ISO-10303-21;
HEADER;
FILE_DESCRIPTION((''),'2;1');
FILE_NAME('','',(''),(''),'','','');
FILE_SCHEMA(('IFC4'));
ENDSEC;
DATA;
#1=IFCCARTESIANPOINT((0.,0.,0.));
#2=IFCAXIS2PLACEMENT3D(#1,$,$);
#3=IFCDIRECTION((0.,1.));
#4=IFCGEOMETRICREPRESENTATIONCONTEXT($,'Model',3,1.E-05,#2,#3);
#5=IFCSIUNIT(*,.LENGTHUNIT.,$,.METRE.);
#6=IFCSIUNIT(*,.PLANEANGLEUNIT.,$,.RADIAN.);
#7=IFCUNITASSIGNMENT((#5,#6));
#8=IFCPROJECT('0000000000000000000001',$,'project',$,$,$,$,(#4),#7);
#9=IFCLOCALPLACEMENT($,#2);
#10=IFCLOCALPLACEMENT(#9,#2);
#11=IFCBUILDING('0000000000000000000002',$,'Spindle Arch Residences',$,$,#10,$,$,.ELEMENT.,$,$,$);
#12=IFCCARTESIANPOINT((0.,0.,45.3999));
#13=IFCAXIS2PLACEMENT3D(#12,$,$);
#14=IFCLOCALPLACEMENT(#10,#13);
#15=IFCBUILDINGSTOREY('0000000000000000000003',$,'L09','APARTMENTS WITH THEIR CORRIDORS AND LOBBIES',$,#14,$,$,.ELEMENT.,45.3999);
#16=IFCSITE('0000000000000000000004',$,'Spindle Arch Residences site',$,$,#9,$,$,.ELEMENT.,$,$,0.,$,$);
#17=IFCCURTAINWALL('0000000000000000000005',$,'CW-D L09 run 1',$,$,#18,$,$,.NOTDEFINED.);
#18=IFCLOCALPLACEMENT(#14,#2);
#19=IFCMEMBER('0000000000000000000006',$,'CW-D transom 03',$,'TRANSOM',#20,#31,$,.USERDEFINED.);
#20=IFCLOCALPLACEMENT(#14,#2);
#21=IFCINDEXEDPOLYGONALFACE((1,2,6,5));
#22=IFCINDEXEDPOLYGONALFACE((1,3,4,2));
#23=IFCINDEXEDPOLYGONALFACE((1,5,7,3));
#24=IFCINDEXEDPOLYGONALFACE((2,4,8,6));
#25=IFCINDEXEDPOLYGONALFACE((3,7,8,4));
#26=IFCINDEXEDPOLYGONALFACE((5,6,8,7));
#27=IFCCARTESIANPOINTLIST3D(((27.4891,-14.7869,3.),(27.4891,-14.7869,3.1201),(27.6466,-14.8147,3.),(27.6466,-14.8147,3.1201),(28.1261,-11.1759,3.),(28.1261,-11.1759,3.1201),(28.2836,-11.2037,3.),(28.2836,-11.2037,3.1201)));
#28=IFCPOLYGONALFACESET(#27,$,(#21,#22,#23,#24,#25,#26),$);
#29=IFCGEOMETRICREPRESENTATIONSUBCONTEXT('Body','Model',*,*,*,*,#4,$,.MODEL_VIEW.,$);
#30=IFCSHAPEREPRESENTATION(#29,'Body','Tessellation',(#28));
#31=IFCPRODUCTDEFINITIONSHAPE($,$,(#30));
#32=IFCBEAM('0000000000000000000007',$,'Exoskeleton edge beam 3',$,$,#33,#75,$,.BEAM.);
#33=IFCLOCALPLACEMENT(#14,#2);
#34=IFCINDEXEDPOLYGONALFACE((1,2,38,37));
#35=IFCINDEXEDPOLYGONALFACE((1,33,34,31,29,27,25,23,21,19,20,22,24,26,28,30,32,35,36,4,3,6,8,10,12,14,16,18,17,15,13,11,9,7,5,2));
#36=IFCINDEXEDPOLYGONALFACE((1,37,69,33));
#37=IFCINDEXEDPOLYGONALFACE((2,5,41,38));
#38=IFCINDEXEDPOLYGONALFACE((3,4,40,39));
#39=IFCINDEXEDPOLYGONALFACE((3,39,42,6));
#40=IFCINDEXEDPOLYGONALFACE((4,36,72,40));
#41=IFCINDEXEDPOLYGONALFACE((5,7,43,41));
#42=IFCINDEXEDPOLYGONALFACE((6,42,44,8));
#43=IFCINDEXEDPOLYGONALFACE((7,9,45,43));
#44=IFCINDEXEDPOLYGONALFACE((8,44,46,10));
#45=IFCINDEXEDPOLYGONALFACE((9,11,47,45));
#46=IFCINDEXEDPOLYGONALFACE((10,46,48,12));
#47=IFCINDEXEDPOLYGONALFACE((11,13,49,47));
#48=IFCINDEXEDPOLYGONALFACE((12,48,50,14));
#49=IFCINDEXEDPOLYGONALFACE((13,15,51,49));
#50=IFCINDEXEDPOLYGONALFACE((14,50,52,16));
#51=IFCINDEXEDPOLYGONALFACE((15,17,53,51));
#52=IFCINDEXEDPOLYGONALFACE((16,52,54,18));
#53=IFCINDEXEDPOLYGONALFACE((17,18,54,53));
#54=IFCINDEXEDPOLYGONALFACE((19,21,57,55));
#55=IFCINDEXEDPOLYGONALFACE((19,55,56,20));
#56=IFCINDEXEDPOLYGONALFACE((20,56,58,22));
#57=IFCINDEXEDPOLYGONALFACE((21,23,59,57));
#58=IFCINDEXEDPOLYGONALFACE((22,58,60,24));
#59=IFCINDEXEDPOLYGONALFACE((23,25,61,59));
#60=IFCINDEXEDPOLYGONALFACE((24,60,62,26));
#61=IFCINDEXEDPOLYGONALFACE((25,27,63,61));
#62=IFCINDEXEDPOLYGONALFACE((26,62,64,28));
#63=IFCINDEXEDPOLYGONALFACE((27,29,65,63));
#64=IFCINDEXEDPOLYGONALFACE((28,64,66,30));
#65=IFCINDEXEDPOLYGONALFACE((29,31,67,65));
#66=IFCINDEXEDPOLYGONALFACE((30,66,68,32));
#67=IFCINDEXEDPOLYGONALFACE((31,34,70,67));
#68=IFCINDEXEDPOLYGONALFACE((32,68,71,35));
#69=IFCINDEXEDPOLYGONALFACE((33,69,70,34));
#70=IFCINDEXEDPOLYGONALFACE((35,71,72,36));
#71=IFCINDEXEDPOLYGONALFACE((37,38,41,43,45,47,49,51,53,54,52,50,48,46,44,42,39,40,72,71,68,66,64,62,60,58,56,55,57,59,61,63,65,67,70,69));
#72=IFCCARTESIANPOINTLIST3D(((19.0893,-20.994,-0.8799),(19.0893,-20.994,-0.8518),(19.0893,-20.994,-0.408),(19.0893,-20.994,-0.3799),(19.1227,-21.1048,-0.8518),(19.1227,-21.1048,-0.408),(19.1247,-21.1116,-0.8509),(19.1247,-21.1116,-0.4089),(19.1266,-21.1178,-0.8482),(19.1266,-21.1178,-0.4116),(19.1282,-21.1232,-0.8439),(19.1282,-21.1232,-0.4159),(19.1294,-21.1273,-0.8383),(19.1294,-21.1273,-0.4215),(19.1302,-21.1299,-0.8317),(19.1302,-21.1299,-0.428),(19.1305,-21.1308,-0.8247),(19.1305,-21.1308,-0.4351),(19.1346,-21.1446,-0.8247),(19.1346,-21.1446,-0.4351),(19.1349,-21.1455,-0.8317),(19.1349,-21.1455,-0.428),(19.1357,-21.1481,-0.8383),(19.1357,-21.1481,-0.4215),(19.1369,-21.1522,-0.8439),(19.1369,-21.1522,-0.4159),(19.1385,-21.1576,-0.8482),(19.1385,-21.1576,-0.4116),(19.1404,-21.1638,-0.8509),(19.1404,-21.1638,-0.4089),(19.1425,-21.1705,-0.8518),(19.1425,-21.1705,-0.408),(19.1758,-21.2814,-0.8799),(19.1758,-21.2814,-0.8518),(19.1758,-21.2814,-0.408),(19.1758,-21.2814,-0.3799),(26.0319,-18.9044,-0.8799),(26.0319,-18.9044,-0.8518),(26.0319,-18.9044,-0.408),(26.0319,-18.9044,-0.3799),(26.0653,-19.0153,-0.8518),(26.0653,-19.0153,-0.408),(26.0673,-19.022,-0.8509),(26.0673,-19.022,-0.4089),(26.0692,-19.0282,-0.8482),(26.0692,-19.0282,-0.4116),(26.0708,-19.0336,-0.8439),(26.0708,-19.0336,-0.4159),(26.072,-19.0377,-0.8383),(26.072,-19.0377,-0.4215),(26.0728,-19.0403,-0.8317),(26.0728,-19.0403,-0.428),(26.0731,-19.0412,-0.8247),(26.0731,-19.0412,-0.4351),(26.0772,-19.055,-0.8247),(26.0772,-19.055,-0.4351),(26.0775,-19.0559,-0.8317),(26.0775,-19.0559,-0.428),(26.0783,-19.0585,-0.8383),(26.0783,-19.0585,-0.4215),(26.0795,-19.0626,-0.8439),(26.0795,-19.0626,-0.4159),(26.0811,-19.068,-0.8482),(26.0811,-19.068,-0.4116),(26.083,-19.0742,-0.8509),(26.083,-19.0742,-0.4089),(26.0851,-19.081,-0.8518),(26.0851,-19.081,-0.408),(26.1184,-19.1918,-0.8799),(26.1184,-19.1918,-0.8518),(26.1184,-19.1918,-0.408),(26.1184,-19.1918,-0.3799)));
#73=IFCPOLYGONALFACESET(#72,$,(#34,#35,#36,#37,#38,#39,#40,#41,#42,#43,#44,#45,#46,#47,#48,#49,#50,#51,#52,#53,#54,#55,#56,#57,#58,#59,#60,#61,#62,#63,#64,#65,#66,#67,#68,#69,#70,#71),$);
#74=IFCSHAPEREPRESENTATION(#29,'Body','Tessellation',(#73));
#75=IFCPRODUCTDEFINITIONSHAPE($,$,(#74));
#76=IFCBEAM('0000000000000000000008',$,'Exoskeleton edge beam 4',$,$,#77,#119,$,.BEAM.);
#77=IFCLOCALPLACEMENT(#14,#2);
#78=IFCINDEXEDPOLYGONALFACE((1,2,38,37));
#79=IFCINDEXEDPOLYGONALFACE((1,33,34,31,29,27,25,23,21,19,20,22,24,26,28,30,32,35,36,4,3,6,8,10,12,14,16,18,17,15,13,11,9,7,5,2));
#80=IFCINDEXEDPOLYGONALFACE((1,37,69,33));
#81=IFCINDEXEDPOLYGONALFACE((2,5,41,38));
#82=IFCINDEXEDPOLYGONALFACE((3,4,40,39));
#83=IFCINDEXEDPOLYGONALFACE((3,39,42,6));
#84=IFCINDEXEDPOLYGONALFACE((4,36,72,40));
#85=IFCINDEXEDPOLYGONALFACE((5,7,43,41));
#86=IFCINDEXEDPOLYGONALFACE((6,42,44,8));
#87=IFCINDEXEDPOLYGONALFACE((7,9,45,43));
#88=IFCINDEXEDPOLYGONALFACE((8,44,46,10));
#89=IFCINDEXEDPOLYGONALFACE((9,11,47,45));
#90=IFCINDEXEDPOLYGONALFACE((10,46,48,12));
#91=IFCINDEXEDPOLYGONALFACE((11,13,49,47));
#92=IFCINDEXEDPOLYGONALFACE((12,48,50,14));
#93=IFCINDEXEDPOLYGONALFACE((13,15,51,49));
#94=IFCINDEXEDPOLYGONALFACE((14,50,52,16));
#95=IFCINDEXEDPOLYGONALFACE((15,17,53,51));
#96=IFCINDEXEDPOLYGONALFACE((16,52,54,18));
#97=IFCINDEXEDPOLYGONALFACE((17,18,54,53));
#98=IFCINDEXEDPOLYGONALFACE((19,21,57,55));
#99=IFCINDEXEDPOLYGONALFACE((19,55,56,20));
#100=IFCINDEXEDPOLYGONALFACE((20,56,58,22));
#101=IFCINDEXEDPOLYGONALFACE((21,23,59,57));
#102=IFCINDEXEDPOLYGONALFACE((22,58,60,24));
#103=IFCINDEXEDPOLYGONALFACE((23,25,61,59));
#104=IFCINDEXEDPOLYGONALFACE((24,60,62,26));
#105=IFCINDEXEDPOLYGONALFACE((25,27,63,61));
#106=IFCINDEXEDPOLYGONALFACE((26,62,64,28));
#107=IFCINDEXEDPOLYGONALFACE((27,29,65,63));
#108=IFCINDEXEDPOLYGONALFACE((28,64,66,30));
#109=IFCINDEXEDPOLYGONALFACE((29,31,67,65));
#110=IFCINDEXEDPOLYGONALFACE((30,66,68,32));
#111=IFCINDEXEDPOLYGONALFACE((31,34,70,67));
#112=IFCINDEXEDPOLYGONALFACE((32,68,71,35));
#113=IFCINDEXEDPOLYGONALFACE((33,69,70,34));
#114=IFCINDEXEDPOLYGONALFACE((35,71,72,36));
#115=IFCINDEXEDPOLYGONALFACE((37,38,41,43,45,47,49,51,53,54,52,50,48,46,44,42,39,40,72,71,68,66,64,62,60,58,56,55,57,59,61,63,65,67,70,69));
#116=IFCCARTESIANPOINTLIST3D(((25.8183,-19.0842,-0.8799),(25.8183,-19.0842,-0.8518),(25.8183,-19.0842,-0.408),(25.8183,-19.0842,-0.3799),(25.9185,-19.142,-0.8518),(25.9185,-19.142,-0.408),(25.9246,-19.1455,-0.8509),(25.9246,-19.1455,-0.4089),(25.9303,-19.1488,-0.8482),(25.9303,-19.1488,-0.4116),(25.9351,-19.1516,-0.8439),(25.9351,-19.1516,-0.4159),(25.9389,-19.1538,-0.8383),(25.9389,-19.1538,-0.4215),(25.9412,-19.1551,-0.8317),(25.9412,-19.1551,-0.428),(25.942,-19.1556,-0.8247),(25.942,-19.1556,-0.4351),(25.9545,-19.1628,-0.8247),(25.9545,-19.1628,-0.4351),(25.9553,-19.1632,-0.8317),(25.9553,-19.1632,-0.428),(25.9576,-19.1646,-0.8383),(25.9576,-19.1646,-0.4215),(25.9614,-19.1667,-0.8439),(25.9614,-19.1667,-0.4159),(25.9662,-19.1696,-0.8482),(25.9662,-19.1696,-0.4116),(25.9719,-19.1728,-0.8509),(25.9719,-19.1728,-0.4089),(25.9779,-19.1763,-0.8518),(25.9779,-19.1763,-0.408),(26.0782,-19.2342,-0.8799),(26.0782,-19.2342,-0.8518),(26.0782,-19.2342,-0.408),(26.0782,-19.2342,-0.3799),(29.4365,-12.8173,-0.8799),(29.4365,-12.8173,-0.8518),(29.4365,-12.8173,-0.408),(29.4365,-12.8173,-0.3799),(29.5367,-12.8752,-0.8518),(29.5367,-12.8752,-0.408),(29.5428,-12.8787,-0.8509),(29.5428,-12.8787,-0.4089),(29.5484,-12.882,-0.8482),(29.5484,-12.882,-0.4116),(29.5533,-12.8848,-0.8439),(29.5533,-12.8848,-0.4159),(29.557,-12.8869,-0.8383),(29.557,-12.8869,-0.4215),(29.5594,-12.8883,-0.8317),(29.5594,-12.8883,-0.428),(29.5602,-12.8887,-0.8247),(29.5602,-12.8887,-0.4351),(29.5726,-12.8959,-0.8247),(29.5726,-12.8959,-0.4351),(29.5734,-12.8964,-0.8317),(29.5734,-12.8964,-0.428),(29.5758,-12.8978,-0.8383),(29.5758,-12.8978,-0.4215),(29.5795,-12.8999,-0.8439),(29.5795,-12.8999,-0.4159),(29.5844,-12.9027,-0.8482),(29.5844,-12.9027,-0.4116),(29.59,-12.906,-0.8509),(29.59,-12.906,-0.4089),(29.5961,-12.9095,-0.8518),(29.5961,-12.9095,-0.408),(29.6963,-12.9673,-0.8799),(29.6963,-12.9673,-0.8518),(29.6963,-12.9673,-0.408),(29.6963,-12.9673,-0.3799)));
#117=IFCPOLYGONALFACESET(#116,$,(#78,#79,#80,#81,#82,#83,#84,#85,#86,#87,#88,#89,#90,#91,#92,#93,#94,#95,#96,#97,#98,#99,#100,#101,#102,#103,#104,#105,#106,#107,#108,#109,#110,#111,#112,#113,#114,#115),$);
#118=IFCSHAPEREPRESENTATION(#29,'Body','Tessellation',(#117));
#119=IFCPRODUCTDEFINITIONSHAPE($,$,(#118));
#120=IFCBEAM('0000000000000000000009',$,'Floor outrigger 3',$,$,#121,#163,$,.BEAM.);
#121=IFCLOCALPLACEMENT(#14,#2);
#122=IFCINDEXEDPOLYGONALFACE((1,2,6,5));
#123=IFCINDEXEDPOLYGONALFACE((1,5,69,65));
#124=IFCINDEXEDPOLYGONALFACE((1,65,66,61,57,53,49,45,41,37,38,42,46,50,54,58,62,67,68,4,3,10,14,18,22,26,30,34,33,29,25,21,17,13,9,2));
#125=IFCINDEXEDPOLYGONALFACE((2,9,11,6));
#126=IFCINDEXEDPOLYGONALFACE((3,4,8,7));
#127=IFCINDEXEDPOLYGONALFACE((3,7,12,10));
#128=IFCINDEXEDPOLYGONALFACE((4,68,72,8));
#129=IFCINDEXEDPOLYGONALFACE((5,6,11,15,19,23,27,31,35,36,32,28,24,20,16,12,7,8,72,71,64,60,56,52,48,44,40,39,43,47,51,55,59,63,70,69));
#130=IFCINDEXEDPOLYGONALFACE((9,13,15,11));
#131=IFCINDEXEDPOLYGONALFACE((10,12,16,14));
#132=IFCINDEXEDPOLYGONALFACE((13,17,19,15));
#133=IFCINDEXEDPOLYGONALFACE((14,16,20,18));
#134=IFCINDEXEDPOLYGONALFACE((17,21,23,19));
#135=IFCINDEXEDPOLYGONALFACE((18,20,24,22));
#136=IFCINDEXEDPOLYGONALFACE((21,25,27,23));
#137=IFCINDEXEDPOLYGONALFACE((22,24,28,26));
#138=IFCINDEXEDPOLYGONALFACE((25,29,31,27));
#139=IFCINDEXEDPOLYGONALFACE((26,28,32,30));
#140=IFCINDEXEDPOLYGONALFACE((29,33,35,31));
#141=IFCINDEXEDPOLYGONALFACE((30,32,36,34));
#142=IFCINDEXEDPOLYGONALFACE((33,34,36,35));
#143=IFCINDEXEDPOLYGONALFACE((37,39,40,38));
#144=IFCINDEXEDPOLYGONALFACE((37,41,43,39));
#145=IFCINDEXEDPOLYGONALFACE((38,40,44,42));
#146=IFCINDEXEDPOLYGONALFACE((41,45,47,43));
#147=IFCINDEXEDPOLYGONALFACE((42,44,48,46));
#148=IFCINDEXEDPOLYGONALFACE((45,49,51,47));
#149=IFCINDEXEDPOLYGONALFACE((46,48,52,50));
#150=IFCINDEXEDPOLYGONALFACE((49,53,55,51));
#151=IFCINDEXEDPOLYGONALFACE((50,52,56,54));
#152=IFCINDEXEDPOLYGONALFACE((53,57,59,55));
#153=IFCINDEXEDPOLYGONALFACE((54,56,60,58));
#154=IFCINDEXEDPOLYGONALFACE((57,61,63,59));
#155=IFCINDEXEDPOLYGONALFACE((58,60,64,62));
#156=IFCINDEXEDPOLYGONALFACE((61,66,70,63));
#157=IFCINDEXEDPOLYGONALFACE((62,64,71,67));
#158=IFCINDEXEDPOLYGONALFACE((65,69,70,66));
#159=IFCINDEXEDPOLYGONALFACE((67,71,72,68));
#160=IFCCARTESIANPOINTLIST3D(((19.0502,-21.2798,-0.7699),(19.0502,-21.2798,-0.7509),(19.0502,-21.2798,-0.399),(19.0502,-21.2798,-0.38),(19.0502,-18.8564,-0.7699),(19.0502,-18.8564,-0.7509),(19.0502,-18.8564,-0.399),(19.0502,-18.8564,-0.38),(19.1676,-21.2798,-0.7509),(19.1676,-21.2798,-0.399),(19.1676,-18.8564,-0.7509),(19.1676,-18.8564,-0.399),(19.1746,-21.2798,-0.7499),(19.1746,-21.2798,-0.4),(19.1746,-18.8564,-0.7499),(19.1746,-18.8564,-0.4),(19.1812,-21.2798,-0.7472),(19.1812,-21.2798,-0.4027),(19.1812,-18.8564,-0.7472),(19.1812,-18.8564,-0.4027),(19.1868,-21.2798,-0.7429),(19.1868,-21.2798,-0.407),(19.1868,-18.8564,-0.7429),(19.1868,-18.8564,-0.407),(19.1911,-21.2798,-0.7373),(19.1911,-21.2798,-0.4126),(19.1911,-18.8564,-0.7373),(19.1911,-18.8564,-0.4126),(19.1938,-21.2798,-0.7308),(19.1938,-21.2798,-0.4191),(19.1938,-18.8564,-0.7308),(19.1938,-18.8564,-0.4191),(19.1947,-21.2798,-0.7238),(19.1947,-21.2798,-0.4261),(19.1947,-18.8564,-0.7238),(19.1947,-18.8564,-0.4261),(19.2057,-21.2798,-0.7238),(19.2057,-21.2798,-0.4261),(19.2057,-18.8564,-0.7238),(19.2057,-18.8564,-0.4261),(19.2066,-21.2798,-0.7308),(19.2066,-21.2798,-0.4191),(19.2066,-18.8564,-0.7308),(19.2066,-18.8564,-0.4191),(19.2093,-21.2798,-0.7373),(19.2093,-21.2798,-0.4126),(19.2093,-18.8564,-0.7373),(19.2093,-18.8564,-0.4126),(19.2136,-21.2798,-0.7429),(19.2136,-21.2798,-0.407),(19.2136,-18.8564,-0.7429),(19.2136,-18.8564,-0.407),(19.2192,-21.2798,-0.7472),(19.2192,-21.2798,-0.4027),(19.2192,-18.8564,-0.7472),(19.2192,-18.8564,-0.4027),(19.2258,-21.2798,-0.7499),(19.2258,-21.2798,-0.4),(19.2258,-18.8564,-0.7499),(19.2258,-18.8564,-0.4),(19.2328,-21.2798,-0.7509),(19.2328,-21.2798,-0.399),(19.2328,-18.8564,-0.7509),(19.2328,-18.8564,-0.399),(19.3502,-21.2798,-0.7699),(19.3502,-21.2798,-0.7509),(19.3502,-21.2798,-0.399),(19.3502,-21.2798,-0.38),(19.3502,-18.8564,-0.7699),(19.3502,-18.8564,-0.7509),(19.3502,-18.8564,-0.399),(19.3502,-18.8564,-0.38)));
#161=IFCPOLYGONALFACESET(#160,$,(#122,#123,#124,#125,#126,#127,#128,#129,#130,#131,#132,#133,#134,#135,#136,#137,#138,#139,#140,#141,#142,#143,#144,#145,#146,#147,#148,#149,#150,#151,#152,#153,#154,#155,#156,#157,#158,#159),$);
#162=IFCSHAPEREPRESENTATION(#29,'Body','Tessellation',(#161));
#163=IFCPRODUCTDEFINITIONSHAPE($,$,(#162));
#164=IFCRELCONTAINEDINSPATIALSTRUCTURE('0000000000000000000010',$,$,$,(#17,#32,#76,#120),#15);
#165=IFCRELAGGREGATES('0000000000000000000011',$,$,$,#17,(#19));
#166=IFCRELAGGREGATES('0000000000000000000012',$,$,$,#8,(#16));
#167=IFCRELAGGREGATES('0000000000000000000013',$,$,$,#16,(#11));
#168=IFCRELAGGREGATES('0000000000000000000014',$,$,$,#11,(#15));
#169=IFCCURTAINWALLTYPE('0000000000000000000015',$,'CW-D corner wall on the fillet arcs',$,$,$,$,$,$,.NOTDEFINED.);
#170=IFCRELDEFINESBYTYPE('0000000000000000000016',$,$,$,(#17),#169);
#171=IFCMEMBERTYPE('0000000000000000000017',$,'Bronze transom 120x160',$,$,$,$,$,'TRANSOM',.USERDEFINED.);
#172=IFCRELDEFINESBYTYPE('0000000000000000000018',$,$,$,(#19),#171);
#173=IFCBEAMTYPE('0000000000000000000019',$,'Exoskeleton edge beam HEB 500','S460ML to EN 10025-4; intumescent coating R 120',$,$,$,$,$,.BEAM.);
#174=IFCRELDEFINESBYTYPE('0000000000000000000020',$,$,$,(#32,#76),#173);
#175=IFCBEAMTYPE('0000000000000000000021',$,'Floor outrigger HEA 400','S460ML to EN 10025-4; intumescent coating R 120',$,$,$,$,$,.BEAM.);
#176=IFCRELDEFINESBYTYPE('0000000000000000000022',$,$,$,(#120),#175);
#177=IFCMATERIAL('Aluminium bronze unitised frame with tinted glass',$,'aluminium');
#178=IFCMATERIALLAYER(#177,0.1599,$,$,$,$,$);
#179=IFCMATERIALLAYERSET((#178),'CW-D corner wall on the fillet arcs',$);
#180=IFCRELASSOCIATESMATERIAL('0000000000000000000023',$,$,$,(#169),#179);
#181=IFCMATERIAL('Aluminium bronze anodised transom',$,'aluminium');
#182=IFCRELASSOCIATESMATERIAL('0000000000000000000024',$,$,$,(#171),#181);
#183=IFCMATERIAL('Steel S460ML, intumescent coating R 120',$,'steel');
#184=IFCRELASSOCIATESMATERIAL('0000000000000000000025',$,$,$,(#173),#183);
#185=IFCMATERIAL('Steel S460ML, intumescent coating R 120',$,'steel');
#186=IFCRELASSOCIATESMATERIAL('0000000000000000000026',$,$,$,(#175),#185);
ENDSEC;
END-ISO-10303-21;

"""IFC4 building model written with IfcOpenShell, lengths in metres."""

from ifc_helpers import new_model, si_unit, direction, frame, origin, origin_2d, place, context, subcontext, project, spatial, rectangle, i_section, extrude, material, layer, layer_set, material_profile, profile_set, type_object, element, aggregate, save


model = new_model("IFC4")

# Units and contexts
model_context = context("Model", 3, precision=1e-05, world=origin(), true_north=direction((0.0, 1.0)))
body_context = subcontext(model_context, "Body", "Model", "MODEL_VIEW")
ifc_project = project(units=[si_unit("LENGTHUNIT", "METRE"), si_unit("PLANEANGLEUNIT", "RADIAN")], contexts=[model_context])

# Site, building, storey
site_placement = place(None, origin())
site = spatial("IfcSite", under=ifc_project, at=site_placement, Name="Spindle Arch Residences site", CompositionType="ELEMENT", RefElevation=0.0)
building_placement = place(site_placement, origin())
building = spatial("IfcBuilding", under=site, at=building_placement, Name="Spindle Arch Residences", CompositionType="ELEMENT")
storey_placement = place(building_placement, frame((0.0, 0.0, 45.3999)))
storey = spatial("IfcBuildingStorey", under=building, at=storey_placement, Name="L09", Description="APARTMENTS WITH THEIR CORRIDORS AND LOBBIES", CompositionType="ELEMENT", Elevation=45.3999)

# Curtain wall, member
ifc_material_1 = material(Name="Aluminium bronze unitised frame with tinted glass", Category="aluminium")
ifc_layer_1 = layer(ifc_material_1, 0.1599)
ifc_layer_set_1 = layer_set([ifc_layer_1], Name="CW-D corner wall on the fillet arcs")
curtain_wall_type = type_object("IfcCurtainWallType", Name="CW-D corner wall on the fillet arcs", PredefinedType="NOTDEFINED", material=ifc_layer_set_1)
curtain_wall_placement = place(storey_placement, origin())
curtain_wall = element("IfcCurtainWall", 1, at=curtain_wall_placement, inside=storey, type_object=curtain_wall_type, Name="CW-D L09 run 1", PredefinedType="NOTDEFINED")
ifc_material_2 = material(Name="Aluminium bronze anodised transom", Category="aluminium")
ifc_material_profile_1 = material_profile(ifc_material_2, rectangle(XDim=0.1599, YDim=0.1201, at=origin_2d()), Name="TR 120x160")
ifc_profile_set_1 = profile_set([ifc_material_profile_1], Name="Aluminium bronze anodised transom")
member_type_1 = type_object("IfcMemberType", Name="Bronze transom 120x160", ElementType="TRANSOM", PredefinedType="USERDEFINED", material=ifc_profile_set_1)
member_1_placement = place(storey_placement, frame((27.5679, -14.8008, 3.0601), z_axis=(0.173709, 0.984797, 0.0), x_axis=(-0.984797, 0.173709, 0.0)))
member_1 = element("IfcMember", 2, at=member_1_placement, type_object=member_type_1, Name="CW-D transom 03", ObjectType="TRANSOM", PredefinedType="USERDEFINED", context=body_context, shape_type="SweptSolid", body=[
    extrude(rectangle(XDim=0.1599, YDim=0.1201, at=origin_2d()), origin(), (0.0, 0.0, 1.0), 3.6667),
])

# Beams
ifc_material_3 = material(Name="Steel S460ML, intumescent coating R 120", Category="steel")
ifc_material_profile_2 = material_profile(ifc_material_3, i_section(OverallWidth=0.3, OverallDepth=0.5, WebThickness=0.0144, FlangeThickness=0.0281, FilletRadius=0.0271, at=origin_2d()), Name="HEB 500")
ifc_profile_set_2 = profile_set([ifc_material_profile_2], Name="Steel S460ML, intumescent coating R 120")
beam_type_1 = type_object("IfcBeamType", Name="Exoskeleton edge beam HEB 500", Description="S460ML to EN 10025-4; intumescent coating R 120", PredefinedType="BEAM", material=ifc_profile_set_2)
beam_1_placement = place(storey_placement, frame((19.1326, -21.1377, -0.6299), z_axis=(0.957567, 0.28821, 0.0), x_axis=(-0.28821, 0.957567, 0.0)))
element("IfcBeam", 3, at=beam_1_placement, inside=storey, type_object=beam_type_1, Name="Exoskeleton edge beam 3", PredefinedType="BEAM", context=body_context, shape_type="SweptSolid", body=[
    extrude(i_section(OverallWidth=0.3, OverallDepth=0.5, WebThickness=0.0144, FlangeThickness=0.0281, FilletRadius=0.0271, at=origin_2d()), origin(), (0.0, 0.0, 1.0), 7.2502),
])
beam_2_placement = place(storey_placement, frame((25.9482, -19.1592, -0.6299), z_axis=(0.5, 0.866025, 0.0), x_axis=(-0.866025, 0.5, 0.0)))
element("IfcBeam", 4, at=beam_2_placement, inside=storey, type_object=beam_type_1, Name="Exoskeleton edge beam 4", PredefinedType="BEAM", context=body_context, shape_type="SweptSolid", body=[
    extrude(i_section(OverallWidth=0.3, OverallDepth=0.5, WebThickness=0.0144, FlangeThickness=0.0281, FilletRadius=0.0271, at=origin_2d()), origin(), (0.0, 0.0, 1.0), 7.2363),
])
ifc_material_4 = material(Name="Steel S460ML, intumescent coating R 120", Category="steel")
ifc_material_profile_3 = material_profile(ifc_material_4, i_section(OverallWidth=0.3, OverallDepth=0.3899, WebThickness=0.011, FlangeThickness=0.019, FilletRadius=0.0271, at=origin_2d()), Name="HEA 400")
ifc_profile_set_3 = profile_set([ifc_material_profile_3], Name="Steel S460ML, intumescent coating R 120")
beam_type_2 = type_object("IfcBeamType", Name="Floor outrigger HEA 400", Description="S460ML to EN 10025-4; intumescent coating R 120", PredefinedType="BEAM", material=ifc_profile_set_3)
beam_3_placement = place(storey_placement, frame((19.2002, -21.2798, -0.575), z_axis=(0.0, 1.0, 0.0), x_axis=(-1.0, 0.0, 0.0)))
element("IfcBeam", 5, at=beam_3_placement, inside=storey, type_object=beam_type_2, Name="Floor outrigger 3", PredefinedType="BEAM", context=body_context, shape_type="SweptSolid", body=[
    extrude(i_section(OverallWidth=0.3, OverallDepth=0.3899, WebThickness=0.011, FlangeThickness=0.019, FilletRadius=0.0271, at=origin_2d()), origin(), (0.0, 0.0, 1.0), 2.4233),
])

aggregate(curtain_wall, [member_1])

save(model, "model.ifc")
